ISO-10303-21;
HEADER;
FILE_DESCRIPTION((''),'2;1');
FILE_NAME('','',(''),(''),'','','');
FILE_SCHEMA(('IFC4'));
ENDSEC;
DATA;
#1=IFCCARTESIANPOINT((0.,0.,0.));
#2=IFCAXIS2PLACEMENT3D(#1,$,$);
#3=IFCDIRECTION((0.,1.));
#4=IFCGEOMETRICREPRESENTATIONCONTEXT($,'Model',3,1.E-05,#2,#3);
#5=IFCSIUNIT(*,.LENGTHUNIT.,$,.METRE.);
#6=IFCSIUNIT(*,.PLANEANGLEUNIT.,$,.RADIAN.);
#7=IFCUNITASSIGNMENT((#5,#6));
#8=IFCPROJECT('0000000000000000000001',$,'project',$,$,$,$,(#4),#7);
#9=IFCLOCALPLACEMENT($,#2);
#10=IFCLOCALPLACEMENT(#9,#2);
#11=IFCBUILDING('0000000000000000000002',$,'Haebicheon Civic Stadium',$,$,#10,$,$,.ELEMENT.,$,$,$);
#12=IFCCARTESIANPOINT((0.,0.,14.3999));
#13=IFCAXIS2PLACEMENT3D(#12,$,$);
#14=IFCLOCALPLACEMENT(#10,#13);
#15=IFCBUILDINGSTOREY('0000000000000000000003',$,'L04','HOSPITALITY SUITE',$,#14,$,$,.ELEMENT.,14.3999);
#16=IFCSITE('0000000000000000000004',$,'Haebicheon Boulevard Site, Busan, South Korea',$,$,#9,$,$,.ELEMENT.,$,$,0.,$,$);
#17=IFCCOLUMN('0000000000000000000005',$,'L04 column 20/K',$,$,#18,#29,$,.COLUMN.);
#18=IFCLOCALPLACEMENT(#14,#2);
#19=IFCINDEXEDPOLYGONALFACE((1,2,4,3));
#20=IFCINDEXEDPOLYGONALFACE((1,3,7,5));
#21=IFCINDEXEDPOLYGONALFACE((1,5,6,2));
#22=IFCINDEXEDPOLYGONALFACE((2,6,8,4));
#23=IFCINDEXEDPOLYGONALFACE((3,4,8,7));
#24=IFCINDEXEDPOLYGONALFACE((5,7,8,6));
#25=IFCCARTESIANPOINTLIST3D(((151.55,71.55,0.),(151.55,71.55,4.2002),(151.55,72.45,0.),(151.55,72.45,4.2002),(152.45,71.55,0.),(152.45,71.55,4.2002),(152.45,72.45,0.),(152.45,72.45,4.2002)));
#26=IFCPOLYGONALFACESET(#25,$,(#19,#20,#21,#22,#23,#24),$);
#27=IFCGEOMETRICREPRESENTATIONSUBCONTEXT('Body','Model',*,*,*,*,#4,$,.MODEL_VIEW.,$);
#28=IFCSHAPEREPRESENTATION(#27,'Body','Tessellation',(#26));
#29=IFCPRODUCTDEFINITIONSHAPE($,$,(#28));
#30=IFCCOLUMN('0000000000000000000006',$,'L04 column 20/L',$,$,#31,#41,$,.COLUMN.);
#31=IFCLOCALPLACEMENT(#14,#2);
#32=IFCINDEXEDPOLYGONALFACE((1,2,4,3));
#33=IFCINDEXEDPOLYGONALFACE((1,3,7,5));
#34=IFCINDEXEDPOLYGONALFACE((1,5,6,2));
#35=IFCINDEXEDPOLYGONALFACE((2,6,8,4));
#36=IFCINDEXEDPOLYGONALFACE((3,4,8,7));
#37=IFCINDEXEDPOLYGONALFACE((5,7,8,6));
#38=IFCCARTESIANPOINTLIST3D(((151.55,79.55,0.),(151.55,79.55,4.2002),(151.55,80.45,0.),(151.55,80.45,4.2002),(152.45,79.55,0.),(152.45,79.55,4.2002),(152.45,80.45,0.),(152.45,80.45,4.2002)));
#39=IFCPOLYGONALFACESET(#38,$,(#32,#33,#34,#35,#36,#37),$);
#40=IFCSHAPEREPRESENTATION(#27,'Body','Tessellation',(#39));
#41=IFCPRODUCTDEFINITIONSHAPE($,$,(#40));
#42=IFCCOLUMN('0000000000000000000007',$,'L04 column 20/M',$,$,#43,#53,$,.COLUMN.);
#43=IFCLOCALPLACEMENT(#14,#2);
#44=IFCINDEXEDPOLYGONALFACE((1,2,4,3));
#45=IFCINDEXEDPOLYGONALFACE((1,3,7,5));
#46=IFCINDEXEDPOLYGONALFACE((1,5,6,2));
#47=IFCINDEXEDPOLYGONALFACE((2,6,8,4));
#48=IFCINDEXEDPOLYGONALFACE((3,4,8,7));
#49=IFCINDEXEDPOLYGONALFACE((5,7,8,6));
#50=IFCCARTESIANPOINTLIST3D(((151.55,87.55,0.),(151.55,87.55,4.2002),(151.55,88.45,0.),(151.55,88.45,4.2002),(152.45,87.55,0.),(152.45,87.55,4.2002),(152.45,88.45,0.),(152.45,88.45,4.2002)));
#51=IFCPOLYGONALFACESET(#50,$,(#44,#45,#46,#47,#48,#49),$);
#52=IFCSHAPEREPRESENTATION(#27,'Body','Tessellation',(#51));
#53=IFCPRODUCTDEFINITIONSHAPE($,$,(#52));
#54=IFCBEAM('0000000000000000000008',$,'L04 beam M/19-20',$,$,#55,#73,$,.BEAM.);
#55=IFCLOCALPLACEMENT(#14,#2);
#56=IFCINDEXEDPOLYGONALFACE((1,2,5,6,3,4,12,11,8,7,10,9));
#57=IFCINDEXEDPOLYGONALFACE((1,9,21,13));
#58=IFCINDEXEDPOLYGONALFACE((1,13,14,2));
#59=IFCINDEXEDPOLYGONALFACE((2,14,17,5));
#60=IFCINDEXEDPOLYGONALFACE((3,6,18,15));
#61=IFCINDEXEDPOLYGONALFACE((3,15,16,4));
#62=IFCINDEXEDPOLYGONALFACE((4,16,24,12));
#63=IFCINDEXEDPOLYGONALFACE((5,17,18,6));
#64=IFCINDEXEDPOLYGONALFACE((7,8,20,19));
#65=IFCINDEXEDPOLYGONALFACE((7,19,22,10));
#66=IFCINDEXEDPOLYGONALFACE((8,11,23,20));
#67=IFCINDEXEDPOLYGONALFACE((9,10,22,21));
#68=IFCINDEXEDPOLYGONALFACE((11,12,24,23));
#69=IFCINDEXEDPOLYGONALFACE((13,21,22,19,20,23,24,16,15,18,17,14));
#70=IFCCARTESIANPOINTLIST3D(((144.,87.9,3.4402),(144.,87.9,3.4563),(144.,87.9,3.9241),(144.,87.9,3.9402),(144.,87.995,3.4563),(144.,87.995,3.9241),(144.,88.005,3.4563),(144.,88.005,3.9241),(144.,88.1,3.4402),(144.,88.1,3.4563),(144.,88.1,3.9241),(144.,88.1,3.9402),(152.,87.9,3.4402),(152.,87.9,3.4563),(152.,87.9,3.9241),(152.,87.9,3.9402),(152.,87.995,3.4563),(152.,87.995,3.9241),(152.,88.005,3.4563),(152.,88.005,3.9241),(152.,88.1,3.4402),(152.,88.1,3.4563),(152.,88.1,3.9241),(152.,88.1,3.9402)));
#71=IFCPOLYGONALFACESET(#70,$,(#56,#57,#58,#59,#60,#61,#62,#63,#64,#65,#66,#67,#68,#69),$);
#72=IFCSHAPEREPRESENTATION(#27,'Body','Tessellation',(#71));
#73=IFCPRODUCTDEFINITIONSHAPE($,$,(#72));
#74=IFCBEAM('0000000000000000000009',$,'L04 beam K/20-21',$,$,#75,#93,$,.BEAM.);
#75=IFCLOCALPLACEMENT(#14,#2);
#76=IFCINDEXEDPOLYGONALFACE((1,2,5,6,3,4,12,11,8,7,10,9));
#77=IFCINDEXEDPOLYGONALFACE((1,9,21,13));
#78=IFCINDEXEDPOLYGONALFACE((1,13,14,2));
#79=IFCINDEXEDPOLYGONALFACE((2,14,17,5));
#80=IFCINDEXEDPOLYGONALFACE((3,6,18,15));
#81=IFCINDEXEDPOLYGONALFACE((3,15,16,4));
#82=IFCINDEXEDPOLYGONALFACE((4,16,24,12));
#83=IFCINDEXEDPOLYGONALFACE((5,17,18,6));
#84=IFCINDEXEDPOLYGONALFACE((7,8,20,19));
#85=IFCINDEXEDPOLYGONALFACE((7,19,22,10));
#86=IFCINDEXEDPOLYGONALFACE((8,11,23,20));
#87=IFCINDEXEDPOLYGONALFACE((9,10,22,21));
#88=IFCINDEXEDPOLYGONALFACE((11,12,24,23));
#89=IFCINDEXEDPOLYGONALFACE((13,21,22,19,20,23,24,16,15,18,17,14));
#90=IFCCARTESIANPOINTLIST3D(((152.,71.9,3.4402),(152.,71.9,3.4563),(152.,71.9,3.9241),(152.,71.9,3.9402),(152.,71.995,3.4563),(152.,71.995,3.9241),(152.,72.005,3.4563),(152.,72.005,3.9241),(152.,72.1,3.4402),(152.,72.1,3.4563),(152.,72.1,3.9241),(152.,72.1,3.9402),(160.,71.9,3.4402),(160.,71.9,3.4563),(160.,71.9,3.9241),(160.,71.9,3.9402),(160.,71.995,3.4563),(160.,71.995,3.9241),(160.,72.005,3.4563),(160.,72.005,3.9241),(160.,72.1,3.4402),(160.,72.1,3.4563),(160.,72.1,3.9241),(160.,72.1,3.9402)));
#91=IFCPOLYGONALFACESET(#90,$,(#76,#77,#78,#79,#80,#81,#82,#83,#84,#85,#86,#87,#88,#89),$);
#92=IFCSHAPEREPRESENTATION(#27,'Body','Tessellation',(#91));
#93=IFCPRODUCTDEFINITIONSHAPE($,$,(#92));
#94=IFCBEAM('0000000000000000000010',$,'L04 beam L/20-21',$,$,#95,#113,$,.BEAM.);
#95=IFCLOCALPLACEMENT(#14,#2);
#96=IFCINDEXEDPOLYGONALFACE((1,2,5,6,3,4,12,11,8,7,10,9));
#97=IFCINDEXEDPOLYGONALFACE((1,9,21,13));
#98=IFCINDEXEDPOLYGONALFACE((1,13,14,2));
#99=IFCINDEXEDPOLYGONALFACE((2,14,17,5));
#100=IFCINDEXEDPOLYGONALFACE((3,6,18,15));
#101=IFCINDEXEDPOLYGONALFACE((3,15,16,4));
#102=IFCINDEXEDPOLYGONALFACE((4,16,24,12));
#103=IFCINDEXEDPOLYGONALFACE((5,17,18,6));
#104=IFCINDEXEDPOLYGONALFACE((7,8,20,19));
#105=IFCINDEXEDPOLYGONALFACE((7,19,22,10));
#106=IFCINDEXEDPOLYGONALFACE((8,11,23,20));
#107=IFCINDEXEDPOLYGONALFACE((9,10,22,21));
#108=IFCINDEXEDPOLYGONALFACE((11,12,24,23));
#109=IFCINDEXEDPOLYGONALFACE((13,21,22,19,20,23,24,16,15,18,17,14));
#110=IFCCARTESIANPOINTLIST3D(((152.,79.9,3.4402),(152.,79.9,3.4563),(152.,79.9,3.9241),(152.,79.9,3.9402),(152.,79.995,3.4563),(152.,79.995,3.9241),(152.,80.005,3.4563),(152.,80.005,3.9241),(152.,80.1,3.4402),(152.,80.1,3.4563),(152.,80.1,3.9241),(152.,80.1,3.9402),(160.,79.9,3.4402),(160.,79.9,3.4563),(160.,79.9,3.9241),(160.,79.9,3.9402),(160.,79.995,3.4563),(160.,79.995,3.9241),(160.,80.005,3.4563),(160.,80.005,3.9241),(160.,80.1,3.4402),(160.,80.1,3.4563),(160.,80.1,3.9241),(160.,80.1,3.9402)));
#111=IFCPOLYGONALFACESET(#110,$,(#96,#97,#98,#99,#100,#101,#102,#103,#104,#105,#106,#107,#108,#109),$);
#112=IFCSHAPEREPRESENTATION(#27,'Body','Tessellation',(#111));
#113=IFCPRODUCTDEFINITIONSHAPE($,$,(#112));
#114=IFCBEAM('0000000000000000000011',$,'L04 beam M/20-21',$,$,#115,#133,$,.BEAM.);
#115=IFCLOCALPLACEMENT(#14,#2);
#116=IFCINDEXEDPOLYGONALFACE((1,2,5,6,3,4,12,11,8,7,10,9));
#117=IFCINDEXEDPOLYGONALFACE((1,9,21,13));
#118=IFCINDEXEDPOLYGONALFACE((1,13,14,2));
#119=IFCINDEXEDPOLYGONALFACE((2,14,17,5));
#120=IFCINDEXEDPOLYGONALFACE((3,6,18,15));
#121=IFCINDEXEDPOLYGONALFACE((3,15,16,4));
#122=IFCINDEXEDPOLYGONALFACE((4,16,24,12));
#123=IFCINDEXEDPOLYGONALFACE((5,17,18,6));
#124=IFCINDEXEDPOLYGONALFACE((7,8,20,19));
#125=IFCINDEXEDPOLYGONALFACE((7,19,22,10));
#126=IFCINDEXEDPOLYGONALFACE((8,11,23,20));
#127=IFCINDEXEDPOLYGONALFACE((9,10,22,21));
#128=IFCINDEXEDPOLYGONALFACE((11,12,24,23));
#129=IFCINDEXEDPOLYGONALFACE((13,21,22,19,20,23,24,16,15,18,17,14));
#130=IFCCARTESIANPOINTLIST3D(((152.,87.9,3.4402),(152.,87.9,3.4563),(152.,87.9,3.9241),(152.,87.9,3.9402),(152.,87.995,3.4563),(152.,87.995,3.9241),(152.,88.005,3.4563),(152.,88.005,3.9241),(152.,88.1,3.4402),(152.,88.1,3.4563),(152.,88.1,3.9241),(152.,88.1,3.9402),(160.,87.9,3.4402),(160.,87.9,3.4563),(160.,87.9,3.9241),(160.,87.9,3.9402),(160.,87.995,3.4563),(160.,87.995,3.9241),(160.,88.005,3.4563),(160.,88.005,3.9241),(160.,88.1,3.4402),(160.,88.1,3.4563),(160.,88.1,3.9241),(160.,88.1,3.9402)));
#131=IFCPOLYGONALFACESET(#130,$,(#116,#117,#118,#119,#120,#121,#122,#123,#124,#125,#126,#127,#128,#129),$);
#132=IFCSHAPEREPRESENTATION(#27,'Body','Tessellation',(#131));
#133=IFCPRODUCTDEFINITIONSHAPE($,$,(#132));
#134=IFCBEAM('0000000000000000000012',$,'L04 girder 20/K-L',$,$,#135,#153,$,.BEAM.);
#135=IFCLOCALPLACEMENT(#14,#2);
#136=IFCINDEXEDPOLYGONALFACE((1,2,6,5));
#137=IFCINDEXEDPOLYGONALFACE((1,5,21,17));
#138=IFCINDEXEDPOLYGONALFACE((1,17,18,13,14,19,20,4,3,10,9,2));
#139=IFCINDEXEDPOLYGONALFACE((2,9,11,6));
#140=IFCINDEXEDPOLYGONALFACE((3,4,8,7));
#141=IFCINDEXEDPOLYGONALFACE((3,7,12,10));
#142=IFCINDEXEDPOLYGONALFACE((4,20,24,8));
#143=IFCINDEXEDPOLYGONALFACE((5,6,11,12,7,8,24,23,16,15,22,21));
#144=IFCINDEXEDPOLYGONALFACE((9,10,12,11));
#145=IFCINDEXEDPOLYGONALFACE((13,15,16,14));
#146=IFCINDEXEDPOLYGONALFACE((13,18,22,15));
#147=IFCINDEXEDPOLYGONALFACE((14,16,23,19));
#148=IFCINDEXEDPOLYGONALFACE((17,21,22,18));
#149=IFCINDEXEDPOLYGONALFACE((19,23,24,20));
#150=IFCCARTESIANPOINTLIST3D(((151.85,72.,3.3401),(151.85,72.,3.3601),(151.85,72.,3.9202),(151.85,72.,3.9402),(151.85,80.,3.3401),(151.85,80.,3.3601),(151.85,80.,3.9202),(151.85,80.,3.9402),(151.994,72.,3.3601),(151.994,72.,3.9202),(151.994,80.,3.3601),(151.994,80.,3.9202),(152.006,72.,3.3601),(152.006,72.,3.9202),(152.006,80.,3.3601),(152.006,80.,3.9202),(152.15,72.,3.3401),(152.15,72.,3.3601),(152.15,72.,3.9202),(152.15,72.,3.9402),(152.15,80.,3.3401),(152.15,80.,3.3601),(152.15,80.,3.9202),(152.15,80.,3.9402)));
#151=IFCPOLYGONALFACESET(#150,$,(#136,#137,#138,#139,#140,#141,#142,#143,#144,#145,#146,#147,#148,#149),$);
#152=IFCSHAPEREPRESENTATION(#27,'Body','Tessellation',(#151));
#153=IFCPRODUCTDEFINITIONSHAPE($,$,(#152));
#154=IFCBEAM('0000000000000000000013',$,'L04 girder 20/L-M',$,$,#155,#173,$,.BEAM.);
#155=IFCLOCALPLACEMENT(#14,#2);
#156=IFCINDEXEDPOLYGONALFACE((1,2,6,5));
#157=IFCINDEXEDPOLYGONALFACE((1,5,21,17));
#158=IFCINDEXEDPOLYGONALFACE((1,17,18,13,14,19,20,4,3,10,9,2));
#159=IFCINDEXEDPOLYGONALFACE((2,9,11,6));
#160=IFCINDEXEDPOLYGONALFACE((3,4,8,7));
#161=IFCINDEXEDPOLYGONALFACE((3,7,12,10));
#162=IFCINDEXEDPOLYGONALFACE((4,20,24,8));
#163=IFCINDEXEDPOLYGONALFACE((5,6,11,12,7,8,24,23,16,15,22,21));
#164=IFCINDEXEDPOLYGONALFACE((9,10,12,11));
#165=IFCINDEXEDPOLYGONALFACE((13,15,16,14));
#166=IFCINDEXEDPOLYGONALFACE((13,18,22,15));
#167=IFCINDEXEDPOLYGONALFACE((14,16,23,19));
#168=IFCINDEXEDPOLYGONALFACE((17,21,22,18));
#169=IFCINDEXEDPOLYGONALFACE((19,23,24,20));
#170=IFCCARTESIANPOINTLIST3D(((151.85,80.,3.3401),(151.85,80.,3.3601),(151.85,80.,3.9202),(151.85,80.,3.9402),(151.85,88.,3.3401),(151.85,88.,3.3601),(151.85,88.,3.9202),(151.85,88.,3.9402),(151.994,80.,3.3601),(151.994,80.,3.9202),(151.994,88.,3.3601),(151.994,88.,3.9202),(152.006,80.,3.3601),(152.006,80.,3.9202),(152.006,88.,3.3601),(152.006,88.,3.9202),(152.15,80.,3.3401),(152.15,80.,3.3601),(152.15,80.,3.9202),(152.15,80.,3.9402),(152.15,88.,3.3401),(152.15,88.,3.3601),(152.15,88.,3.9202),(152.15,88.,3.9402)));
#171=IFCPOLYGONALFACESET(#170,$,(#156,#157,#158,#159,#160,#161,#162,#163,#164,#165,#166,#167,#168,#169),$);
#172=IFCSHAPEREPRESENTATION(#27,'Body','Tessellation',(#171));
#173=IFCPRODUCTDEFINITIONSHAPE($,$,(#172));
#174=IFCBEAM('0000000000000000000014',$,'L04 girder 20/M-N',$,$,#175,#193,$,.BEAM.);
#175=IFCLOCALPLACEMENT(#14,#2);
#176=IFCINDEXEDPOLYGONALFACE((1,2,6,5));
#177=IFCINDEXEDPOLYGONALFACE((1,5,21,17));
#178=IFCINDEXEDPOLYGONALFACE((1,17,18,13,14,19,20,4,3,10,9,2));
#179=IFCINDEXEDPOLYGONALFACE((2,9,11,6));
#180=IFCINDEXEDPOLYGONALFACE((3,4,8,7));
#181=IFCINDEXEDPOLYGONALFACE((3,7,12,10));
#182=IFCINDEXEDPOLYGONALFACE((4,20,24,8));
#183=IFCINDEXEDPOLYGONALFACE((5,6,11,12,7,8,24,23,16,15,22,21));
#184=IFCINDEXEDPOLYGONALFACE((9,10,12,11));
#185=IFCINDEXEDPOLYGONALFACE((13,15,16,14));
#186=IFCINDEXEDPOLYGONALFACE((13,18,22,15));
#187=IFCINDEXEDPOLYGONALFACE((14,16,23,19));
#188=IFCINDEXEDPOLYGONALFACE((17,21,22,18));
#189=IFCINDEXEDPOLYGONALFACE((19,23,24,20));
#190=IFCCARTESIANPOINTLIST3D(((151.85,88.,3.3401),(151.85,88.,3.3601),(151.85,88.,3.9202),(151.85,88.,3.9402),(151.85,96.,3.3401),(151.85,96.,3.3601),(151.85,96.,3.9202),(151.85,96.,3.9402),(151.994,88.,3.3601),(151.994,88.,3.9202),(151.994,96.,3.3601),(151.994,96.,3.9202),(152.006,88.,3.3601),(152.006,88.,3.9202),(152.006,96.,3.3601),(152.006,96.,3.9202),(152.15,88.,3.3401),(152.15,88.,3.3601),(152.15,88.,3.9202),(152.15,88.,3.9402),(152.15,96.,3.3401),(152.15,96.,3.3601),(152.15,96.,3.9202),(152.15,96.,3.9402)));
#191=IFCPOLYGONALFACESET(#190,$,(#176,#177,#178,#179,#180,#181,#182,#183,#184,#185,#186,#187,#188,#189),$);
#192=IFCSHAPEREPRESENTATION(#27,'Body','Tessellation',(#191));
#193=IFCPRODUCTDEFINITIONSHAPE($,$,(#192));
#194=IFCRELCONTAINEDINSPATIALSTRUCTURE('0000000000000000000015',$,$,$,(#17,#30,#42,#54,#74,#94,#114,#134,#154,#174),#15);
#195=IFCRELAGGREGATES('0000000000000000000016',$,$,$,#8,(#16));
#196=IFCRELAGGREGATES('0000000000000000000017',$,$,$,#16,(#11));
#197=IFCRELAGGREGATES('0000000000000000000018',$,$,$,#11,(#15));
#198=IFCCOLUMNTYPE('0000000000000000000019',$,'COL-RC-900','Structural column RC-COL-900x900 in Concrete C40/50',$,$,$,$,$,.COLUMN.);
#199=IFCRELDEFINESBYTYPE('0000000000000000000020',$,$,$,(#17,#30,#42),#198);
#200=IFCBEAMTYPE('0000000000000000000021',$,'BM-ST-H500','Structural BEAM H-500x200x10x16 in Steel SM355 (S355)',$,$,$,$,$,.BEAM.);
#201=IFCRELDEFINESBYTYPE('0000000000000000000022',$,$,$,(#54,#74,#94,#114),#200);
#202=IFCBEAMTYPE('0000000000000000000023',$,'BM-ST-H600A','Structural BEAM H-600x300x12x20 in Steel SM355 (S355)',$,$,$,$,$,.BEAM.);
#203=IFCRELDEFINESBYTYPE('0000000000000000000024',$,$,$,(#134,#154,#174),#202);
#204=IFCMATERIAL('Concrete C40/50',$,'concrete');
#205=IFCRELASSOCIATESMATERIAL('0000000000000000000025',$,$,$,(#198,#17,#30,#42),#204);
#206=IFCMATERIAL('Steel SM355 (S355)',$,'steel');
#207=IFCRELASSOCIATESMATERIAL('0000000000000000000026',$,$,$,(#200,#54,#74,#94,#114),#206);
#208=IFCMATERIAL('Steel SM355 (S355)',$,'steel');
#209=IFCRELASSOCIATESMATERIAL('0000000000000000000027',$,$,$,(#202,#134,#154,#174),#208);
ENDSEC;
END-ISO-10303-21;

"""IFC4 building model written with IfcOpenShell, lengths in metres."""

from ifc_helpers import new_model, si_unit, direction, frame, origin, origin_2d, place, context, subcontext, project, spatial, rectangle, i_section, extrude, material, material_profile, profile_set, type_object, element, save


model = new_model("IFC4")

# Units and contexts
model_context = context("Model", 3, precision=1e-05, world=origin(), true_north=direction((0.0, 1.0)))
body_context = subcontext(model_context, "Body", "Model", "MODEL_VIEW")
ifc_project = project(units=[si_unit("LENGTHUNIT", "METRE"), si_unit("PLANEANGLEUNIT", "RADIAN")], contexts=[model_context])

# Site, building, storey
site_placement = place(None, origin())
site = spatial("IfcSite", under=ifc_project, at=site_placement, Name="Haebicheon Boulevard Site, Busan, South Korea", CompositionType="ELEMENT", RefElevation=0.0)
building_placement = place(site_placement, origin())
building = spatial("IfcBuilding", under=site, at=building_placement, Name="Haebicheon Civic Stadium", CompositionType="ELEMENT")
storey_placement = place(building_placement, frame((0.0, 0.0, 14.3999)))
storey = spatial("IfcBuildingStorey", under=building, at=storey_placement, Name="L04", Description="HOSPITALITY SUITE", CompositionType="ELEMENT", Elevation=14.3999)

# Columns
ifc_material_1 = material(Name="Concrete C40/50", Category="concrete")
ifc_material_profile_1 = material_profile(ifc_material_1, rectangle(XDim=0.8999, YDim=0.8999, at=origin_2d()), Name="RC-COL-900x900")
ifc_profile_set_1 = profile_set([ifc_material_profile_1], Name="Concrete C40/50")
column_type = type_object("IfcColumnType", Name="COL-RC-900", Description="Structural column RC-COL-900x900 in Concrete C40/50", PredefinedType="COLUMN", material=ifc_profile_set_1)
for number, where, z_axis, x_axis, name in (
    (1, (152.0, 72.0, 0.0), (0.0, 0.0, 1.0), (1.0, 0.0, 0.0), "L04 column 20/K"),
    (2, (152.0, 80.0, 0.0), (0.0, 0.0, 1.0), (1.0, 0.0, 0.0), "L04 column 20/L"),
    (3, (152.0, 88.0, 0.0), (0.0, 0.0, 1.0), (1.0, 0.0, 0.0), "L04 column 20/M"),
):
    element("IfcColumn", number, at=place(storey_placement, frame(where, z_axis=z_axis, x_axis=x_axis)), inside=storey, type_object=column_type, material=ifc_profile_set_1, Name=name, PredefinedType="COLUMN", context=body_context, shape_type="SweptSolid", body=[
        extrude(rectangle(XDim=0.8999, YDim=0.8999, at=origin_2d()), origin(), (0.0, 0.0, 1.0), 4.2002),
    ])

# Beams
ifc_material_2 = material(Name="Steel SM355 (S355)", Category="steel")
ifc_material_profile_2 = material_profile(ifc_material_2, i_section(OverallWidth=0.2, OverallDepth=0.5, WebThickness=0.01, FlangeThickness=0.0161, at=origin_2d()), Name="H-500x200x10x16")
ifc_profile_set_2 = profile_set([ifc_material_profile_2], Name="Steel SM355 (S355)")
beam_type_1 = type_object("IfcBeamType", Name="BM-ST-H500", Description="Structural BEAM H-500x200x10x16 in Steel SM355 (S355)", PredefinedType="BEAM", material=ifc_profile_set_2)
for number, where, z_axis, x_axis, name in (
    (4, (144.0, 88.0, 3.6902), (1.0, 0.0, 0.0), (0.0, 1.0, 0.0), "L04 beam M/19-20"),
    (5, (152.0, 72.0, 3.6902), (1.0, 0.0, 0.0), (0.0, 1.0, 0.0), "L04 beam K/20-21"),
    (6, (152.0, 80.0, 3.6902), (1.0, 0.0, 0.0), (0.0, 1.0, 0.0), "L04 beam L/20-21"),
    (7, (152.0, 88.0, 3.6902), (1.0, 0.0, 0.0), (0.0, 1.0, 0.0), "L04 beam M/20-21"),
):
    element("IfcBeam", number, at=place(storey_placement, frame(where, z_axis=z_axis, x_axis=x_axis)), inside=storey, type_object=beam_type_1, material=ifc_profile_set_2, Name=name, PredefinedType="BEAM", context=body_context, shape_type="SweptSolid", body=[
        extrude(i_section(OverallWidth=0.2, OverallDepth=0.5, WebThickness=0.01, FlangeThickness=0.0161, at=origin_2d()), origin(), (0.0, 0.0, 1.0), 8.0),
    ])
ifc_material_3 = material(Name="Steel SM355 (S355)", Category="steel")
ifc_material_profile_3 = material_profile(ifc_material_3, i_section(OverallWidth=0.3, OverallDepth=0.6001, WebThickness=0.012, FlangeThickness=0.02, at=origin_2d()), Name="H-600x300x12x20")
ifc_profile_set_3 = profile_set([ifc_material_profile_3], Name="Steel SM355 (S355)")
beam_type_2 = type_object("IfcBeamType", Name="BM-ST-H600A", Description="Structural BEAM H-600x300x12x20 in Steel SM355 (S355)", PredefinedType="BEAM", material=ifc_profile_set_3)
for number, where, z_axis, x_axis, name in (
    (8, (152.0, 72.0, 3.6401), (0.0, 1.0, 0.0), (-1.0, 0.0, 0.0), "L04 girder 20/K-L"),
    (9, (152.0, 80.0, 3.6401), (0.0, 1.0, 0.0), (-1.0, 0.0, 0.0), "L04 girder 20/L-M"),
    (10, (152.0, 88.0, 3.6401), (0.0, 1.0, 0.0), (-1.0, 0.0, 0.0), "L04 girder 20/M-N"),
):
    element("IfcBeam", number, at=place(storey_placement, frame(where, z_axis=z_axis, x_axis=x_axis)), inside=storey, type_object=beam_type_2, material=ifc_profile_set_3, Name=name, PredefinedType="BEAM", context=body_context, shape_type="SweptSolid", body=[
        extrude(i_section(OverallWidth=0.3, OverallDepth=0.6001, WebThickness=0.012, FlangeThickness=0.02, at=origin_2d()), origin(), (0.0, 0.0, 1.0), 8.0),
    ])

save(model, "model.ifc")
